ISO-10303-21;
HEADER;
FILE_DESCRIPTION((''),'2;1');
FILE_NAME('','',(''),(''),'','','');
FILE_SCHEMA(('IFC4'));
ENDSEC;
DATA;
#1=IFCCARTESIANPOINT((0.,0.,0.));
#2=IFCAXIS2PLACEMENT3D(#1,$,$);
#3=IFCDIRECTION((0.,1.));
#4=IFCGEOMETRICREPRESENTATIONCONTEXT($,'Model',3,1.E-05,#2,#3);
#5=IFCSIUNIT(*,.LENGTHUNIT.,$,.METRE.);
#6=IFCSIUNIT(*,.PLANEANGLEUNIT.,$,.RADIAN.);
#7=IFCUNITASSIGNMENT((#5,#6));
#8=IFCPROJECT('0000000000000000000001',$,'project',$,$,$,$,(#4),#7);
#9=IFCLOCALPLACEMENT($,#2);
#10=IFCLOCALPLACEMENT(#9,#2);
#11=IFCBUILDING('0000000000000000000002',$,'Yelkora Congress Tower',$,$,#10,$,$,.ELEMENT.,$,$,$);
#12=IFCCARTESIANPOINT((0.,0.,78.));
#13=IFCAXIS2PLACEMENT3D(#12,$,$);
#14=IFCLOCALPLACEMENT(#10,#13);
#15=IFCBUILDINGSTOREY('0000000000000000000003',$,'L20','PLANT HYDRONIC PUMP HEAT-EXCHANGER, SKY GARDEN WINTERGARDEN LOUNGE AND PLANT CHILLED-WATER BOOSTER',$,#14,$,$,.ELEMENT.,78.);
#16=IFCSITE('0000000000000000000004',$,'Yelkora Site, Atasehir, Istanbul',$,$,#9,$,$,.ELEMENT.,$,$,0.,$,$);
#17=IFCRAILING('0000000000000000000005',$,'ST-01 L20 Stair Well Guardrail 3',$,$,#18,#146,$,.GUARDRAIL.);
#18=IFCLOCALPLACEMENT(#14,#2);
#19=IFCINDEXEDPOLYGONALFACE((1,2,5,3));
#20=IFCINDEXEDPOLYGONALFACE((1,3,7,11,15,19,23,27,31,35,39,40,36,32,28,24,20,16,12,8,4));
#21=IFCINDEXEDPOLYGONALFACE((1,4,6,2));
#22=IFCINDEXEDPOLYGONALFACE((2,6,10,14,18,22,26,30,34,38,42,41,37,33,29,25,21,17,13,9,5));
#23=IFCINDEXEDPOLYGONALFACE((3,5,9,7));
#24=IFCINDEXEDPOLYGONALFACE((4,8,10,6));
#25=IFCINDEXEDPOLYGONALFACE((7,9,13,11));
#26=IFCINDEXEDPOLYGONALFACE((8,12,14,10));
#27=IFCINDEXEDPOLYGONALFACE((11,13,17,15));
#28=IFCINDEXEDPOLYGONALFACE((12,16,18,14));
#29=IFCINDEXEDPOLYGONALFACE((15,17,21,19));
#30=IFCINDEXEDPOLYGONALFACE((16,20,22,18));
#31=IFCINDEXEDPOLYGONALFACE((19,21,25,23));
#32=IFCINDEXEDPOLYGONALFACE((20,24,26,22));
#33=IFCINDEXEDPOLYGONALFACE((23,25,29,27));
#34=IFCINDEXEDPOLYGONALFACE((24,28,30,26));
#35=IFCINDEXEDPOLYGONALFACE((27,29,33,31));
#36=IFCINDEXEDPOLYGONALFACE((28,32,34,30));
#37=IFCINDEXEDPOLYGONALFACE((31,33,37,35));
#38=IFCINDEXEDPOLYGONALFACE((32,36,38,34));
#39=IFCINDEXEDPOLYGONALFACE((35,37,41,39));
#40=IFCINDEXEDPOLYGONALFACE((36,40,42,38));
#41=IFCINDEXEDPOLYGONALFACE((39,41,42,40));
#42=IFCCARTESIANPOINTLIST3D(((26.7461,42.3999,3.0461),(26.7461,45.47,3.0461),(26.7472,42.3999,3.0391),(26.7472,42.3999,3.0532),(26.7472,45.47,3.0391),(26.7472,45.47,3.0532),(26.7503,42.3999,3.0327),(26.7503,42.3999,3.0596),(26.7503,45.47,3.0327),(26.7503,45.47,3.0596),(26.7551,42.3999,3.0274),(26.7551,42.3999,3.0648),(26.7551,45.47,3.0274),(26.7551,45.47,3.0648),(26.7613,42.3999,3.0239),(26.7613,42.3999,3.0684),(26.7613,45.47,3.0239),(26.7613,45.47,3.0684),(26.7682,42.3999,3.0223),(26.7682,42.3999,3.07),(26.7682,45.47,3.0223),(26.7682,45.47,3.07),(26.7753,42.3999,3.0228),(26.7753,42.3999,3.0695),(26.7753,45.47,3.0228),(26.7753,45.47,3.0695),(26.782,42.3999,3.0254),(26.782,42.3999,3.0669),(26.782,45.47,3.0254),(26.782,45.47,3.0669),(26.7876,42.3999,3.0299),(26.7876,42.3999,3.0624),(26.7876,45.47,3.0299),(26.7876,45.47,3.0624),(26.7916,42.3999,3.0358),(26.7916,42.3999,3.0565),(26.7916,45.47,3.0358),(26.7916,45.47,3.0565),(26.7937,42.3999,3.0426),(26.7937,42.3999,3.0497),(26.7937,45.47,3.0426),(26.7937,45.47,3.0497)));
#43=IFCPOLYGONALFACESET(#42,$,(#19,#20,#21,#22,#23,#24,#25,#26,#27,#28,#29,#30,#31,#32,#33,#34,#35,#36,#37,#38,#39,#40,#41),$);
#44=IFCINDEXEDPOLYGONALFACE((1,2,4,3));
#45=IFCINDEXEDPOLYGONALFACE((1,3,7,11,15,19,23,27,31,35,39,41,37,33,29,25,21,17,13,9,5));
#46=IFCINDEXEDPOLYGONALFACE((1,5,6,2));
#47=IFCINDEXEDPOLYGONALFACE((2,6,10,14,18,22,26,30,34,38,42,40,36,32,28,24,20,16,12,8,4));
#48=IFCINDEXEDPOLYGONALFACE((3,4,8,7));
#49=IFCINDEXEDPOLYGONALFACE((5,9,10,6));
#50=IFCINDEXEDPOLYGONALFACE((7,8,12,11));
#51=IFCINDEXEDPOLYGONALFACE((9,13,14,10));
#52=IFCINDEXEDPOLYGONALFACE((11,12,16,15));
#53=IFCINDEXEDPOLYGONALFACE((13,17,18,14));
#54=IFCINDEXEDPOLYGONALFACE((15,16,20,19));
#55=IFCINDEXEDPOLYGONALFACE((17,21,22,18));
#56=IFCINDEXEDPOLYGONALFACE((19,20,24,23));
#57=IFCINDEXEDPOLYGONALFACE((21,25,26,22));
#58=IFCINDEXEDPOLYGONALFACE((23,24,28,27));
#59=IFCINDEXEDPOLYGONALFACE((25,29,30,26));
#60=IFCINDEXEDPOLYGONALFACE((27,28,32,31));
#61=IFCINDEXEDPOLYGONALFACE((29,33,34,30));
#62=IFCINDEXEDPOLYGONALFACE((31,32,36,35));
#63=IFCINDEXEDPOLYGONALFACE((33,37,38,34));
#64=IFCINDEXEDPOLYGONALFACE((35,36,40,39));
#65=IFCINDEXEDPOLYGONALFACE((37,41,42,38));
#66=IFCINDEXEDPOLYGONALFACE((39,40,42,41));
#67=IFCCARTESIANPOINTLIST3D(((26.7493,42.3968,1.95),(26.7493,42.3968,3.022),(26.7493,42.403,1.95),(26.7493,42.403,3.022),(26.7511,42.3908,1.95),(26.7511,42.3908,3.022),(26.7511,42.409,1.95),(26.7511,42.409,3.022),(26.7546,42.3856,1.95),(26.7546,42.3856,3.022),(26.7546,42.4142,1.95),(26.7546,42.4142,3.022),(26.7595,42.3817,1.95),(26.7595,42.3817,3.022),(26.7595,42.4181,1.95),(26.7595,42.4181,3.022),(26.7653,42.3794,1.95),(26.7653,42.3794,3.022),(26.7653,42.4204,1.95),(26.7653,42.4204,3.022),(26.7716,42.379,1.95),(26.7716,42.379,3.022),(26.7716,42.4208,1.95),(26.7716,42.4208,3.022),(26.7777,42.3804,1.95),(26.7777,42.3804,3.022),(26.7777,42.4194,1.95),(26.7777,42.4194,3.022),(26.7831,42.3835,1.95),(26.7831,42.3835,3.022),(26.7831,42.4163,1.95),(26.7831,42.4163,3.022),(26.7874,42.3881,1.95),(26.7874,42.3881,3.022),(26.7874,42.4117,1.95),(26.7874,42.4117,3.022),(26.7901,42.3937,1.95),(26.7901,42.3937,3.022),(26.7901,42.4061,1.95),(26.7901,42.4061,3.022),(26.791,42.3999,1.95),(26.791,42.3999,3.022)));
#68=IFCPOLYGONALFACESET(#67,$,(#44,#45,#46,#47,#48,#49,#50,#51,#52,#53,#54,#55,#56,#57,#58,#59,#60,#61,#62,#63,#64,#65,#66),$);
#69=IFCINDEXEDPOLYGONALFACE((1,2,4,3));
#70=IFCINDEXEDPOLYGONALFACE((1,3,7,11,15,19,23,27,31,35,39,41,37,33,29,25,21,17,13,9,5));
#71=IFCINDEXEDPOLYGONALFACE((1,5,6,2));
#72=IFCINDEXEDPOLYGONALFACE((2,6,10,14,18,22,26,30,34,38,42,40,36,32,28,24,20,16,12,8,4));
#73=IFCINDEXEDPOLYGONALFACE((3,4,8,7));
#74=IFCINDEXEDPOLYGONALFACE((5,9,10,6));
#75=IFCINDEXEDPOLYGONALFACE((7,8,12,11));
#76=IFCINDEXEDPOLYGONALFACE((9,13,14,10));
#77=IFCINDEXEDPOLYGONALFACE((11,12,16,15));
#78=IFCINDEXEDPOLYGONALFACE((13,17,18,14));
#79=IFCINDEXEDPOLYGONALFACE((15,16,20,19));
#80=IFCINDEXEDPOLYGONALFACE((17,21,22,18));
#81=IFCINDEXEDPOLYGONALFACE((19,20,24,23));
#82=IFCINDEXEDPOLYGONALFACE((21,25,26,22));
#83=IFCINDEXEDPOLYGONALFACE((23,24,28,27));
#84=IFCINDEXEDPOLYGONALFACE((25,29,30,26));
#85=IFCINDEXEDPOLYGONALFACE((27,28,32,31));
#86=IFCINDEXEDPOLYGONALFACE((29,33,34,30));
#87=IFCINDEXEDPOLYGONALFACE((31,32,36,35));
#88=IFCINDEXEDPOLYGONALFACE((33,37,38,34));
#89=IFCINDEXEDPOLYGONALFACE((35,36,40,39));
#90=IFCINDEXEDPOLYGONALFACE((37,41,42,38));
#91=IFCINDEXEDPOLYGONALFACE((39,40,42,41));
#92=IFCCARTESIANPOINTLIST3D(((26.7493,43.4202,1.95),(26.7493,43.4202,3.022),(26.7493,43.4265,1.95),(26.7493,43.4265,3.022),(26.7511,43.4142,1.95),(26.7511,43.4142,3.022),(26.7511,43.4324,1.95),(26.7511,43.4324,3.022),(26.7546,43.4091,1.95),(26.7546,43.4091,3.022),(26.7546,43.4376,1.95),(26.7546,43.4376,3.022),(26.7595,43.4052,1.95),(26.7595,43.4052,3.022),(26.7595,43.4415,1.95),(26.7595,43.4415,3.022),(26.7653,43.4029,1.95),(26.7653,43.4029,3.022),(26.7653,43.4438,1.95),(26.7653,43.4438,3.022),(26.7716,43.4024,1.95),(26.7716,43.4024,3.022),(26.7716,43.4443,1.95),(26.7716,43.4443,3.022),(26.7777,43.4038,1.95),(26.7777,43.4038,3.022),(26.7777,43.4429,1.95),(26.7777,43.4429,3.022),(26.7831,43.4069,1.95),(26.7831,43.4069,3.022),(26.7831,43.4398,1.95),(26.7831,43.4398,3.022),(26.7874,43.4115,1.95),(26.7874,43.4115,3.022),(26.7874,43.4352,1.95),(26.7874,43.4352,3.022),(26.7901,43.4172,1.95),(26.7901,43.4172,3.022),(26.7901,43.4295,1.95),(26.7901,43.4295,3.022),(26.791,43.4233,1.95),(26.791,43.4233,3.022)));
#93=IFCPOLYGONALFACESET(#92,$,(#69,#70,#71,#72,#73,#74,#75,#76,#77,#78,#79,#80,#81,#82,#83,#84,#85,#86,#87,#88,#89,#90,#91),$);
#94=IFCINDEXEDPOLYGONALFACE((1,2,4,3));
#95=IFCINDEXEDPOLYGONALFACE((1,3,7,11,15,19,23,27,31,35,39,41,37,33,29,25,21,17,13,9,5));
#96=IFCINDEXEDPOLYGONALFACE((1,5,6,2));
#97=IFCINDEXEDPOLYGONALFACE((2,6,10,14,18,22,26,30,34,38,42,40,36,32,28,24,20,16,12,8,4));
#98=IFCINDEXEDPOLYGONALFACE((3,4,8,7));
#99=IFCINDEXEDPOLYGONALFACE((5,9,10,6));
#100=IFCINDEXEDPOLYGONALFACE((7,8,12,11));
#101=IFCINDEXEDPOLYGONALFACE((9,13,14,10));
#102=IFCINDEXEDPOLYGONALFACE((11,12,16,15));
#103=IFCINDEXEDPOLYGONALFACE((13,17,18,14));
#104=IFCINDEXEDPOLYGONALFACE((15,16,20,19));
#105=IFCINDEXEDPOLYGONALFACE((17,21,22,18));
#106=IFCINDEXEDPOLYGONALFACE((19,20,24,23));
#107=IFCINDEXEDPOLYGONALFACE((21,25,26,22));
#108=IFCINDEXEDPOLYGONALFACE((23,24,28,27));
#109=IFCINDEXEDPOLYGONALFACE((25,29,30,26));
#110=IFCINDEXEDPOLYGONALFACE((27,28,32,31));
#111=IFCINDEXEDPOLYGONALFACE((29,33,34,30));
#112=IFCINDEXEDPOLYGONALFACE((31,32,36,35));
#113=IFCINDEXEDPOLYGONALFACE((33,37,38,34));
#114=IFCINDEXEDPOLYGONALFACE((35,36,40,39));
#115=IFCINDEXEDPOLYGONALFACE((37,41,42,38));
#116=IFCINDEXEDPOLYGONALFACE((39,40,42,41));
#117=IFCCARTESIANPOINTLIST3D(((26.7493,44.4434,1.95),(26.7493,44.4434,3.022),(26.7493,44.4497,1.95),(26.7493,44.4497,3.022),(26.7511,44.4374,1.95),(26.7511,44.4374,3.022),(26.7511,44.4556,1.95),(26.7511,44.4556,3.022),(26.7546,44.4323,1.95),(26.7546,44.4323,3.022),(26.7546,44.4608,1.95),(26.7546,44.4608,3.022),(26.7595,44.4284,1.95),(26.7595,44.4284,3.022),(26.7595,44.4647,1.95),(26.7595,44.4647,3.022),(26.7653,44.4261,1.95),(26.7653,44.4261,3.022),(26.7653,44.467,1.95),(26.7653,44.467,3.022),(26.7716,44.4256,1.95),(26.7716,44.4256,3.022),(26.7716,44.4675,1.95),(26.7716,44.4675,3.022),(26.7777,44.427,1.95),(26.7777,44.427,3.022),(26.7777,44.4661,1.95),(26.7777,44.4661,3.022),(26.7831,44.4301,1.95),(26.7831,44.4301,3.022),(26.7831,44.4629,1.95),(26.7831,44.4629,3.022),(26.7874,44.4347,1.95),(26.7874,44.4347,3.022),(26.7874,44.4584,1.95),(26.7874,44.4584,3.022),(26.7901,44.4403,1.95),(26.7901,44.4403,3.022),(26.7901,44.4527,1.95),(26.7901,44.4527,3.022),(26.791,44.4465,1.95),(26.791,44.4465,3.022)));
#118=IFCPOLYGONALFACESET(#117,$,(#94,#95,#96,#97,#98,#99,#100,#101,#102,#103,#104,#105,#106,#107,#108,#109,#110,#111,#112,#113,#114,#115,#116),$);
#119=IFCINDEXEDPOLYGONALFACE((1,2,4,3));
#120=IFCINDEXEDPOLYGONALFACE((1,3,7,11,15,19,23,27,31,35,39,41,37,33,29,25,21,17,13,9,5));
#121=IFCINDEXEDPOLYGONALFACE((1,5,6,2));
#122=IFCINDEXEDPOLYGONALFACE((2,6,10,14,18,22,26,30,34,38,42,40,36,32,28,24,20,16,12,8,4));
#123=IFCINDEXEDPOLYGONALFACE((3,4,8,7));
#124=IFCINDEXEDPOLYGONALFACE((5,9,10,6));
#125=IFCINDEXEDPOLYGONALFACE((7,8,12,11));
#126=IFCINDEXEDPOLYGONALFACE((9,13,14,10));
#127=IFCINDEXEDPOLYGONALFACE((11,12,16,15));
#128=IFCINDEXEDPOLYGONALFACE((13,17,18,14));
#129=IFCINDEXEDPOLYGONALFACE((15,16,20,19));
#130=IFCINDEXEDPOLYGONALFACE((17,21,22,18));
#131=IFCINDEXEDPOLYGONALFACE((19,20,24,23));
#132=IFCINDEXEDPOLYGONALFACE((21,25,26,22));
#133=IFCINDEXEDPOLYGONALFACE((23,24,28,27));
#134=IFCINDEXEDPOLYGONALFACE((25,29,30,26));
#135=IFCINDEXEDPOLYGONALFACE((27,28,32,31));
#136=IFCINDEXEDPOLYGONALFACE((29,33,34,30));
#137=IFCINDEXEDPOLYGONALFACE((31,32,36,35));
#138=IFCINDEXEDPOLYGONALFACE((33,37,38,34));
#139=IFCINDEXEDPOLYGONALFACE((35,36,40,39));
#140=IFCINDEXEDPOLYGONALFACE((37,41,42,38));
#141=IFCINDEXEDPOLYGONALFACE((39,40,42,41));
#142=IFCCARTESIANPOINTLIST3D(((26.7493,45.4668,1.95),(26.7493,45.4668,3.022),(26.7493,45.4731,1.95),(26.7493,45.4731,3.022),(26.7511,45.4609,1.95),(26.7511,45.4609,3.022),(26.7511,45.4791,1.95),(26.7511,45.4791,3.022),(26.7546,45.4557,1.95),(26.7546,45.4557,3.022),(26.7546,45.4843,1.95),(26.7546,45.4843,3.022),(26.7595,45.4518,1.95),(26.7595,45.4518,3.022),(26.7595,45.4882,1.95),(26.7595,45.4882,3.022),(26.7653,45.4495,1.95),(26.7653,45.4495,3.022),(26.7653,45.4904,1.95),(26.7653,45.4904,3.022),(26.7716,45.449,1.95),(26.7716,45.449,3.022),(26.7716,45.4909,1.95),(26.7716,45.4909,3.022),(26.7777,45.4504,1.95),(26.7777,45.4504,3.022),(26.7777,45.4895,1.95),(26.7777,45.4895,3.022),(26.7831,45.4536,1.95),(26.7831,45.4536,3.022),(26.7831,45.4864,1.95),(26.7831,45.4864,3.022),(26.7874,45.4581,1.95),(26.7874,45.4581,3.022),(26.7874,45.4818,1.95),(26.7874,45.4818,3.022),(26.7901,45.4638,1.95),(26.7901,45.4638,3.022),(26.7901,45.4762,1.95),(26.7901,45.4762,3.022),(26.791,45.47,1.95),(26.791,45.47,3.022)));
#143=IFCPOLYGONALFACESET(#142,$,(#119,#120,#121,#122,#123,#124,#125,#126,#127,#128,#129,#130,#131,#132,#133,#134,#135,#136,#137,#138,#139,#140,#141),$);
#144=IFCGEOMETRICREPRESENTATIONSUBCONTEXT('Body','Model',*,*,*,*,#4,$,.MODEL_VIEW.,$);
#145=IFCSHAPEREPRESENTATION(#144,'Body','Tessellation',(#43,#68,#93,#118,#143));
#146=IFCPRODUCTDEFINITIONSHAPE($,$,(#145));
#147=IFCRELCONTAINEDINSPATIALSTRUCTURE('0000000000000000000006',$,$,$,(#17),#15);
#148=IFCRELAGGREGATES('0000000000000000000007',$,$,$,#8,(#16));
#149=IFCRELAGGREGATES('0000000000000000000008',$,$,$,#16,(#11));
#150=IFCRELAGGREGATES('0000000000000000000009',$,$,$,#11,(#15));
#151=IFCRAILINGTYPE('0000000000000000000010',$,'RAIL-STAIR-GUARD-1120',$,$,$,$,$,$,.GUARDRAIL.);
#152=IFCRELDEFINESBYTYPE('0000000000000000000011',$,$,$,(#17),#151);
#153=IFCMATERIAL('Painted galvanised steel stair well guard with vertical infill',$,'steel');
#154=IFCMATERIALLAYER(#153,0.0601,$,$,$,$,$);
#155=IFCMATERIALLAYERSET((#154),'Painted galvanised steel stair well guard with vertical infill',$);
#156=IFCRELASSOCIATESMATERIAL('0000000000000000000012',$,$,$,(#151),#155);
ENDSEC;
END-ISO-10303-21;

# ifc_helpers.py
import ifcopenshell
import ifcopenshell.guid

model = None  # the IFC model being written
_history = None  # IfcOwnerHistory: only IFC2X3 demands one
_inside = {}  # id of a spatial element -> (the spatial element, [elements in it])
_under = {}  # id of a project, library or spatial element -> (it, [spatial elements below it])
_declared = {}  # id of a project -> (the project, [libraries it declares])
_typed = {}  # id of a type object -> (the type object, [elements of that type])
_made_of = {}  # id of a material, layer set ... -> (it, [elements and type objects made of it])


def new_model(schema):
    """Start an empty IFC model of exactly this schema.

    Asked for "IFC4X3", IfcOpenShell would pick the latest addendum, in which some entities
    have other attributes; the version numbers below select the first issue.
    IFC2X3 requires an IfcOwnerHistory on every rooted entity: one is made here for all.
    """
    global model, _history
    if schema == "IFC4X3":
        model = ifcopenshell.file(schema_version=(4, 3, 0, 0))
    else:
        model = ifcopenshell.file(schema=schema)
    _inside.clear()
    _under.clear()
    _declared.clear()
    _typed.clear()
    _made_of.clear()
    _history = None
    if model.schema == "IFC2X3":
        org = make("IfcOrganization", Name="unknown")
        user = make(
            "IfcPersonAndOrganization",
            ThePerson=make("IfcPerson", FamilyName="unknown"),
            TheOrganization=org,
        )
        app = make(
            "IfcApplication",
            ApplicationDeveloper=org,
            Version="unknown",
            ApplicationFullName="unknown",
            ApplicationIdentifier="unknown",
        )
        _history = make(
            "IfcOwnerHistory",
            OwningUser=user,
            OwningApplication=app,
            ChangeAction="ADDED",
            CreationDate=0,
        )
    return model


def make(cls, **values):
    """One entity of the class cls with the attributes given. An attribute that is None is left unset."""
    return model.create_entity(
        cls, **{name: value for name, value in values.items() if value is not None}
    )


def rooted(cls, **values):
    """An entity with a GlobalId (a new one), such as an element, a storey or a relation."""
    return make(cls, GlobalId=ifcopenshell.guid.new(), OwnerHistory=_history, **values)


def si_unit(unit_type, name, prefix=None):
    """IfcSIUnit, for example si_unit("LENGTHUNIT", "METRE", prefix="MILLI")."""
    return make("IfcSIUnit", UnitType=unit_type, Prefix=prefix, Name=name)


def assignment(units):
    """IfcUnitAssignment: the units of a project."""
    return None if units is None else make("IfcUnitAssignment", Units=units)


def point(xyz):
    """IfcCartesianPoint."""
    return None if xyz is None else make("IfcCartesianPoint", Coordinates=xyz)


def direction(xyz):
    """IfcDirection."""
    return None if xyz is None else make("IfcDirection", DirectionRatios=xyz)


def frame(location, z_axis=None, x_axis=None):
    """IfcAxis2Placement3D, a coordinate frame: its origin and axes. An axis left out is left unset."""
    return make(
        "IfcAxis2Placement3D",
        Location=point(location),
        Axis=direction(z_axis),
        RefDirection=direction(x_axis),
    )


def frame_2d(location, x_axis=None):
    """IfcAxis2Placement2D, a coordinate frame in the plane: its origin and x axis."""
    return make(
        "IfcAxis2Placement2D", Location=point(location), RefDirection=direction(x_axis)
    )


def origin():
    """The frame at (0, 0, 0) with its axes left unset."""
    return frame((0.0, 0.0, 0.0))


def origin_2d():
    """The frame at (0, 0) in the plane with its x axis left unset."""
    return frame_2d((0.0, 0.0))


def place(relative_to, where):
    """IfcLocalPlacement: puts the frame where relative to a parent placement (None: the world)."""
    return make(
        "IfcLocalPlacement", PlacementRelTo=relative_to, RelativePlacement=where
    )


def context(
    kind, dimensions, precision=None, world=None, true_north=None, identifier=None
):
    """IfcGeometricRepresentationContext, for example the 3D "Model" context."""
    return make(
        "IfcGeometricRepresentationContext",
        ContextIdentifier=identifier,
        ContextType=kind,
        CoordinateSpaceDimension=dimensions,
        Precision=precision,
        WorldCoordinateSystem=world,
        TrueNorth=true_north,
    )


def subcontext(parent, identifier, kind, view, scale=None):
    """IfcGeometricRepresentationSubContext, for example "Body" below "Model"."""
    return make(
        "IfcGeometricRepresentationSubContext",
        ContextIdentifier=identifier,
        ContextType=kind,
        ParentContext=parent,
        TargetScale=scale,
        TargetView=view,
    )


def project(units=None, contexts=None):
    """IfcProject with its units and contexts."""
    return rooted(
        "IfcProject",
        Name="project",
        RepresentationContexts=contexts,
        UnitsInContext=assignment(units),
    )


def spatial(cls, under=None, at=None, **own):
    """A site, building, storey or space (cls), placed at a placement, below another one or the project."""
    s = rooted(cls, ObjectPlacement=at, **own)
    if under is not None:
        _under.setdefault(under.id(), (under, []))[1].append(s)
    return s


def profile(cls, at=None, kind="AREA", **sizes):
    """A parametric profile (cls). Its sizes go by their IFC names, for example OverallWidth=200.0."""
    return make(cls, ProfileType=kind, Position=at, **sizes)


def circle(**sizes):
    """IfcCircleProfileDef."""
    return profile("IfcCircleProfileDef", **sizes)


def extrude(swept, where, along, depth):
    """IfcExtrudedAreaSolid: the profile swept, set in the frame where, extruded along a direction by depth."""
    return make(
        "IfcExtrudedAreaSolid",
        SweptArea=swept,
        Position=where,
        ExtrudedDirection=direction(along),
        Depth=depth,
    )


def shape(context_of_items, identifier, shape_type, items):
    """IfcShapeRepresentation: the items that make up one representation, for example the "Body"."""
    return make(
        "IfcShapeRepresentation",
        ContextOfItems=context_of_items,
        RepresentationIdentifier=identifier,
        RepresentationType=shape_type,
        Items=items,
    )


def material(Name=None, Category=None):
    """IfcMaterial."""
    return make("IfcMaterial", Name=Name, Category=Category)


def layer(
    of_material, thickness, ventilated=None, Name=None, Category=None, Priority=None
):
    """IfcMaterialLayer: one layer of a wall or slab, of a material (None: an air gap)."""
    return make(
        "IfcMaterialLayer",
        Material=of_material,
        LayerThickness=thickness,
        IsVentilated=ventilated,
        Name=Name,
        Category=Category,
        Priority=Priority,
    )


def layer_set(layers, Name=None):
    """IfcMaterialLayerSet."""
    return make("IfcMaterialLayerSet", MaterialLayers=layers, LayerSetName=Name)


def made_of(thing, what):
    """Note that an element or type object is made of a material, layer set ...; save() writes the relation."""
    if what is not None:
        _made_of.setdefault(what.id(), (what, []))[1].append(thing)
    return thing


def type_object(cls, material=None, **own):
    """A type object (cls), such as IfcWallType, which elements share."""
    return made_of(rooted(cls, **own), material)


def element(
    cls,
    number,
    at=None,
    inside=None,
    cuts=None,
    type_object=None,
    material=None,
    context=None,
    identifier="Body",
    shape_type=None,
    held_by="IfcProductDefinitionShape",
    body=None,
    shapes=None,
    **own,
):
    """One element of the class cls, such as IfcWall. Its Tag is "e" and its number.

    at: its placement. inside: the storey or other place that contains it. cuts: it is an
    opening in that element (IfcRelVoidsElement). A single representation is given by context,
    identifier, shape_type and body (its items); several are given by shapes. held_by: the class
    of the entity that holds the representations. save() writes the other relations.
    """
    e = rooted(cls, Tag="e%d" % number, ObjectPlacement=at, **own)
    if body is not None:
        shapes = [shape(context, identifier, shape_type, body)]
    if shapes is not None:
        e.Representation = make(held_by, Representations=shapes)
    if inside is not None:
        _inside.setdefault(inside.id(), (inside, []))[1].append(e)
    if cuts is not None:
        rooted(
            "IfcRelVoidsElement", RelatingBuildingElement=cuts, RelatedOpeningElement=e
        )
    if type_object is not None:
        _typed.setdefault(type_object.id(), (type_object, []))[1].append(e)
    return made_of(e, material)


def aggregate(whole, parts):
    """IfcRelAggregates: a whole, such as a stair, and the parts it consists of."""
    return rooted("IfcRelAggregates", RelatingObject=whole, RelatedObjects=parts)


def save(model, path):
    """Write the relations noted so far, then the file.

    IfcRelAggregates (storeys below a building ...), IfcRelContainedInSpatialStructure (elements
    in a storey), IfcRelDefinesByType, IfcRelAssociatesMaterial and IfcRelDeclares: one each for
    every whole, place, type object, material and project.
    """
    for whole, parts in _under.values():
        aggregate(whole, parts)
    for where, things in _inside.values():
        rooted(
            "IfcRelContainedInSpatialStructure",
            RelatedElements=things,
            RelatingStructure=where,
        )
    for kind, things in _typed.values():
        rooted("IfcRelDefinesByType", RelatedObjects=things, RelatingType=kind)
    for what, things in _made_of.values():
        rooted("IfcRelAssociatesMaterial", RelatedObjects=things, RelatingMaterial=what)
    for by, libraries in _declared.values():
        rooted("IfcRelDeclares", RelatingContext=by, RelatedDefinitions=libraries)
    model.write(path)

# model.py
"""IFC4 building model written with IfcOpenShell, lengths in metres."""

from ifc_helpers import new_model, si_unit, direction, frame, origin, origin_2d, place, context, subcontext, project, spatial, circle, extrude, material, layer, layer_set, type_object, element, save


model = new_model("IFC4")

# Units and contexts
model_context = context("Model", 3, precision=1e-05, world=origin(), true_north=direction((0.0, 1.0)))
body_context = subcontext(model_context, "Body", "Model", "MODEL_VIEW")
ifc_project = project(units=[si_unit("LENGTHUNIT", "METRE"), si_unit("PLANEANGLEUNIT", "RADIAN")], contexts=[model_context])

# Site, building, storey
site_placement = place(None, origin())
site = spatial("IfcSite", under=ifc_project, at=site_placement, Name="Yelkora Site, Atasehir, Istanbul", CompositionType="ELEMENT", RefElevation=0.0)
building_placement = place(site_placement, origin())
building = spatial("IfcBuilding", under=site, at=building_placement, Name="Yelkora Congress Tower", CompositionType="ELEMENT")
storey_placement = place(building_placement, frame((0.0, 0.0, 78.0)))
storey = spatial("IfcBuildingStorey", under=building, at=storey_placement, Name="L20", Description="PLANT HYDRONIC PUMP HEAT-EXCHANGER, SKY GARDEN WINTERGARDEN LOUNGE AND PLANT CHILLED-WATER BOOSTER", CompositionType="ELEMENT", Elevation=78.0)

# Railing
ifc_material_1 = material(Name="Painted galvanised steel stair well guard with vertical infill", Category="steel")
ifc_layer_1 = layer(ifc_material_1, 0.0601)
ifc_layer_set_1 = layer_set([ifc_layer_1], Name="Painted galvanised steel stair well guard with vertical infill")
railing_type_1 = type_object("IfcRailingType", Name="RAIL-STAIR-GUARD-1120", PredefinedType="GUARDRAIL", material=ifc_layer_set_1)
railing_1_placement = place(storey_placement, frame((26.77, 42.3999, 1.95)))
element("IfcRailing", 1, at=railing_1_placement, inside=storey, type_object=railing_type_1, Name="ST-01 L20 Stair Well Guardrail 3", PredefinedType="GUARDRAIL", context=body_context, shape_type="SweptSolid", body=[
    extrude(circle(Radius=0.0239, at=origin_2d()), frame((0.0, 0.0, 1.0962), z_axis=(0.0, 1.0, 0.0), x_axis=(-1.0, 0.0, 0.0)), (0.0, 0.0, 1.0), 3.0701),
    extrude(circle(Radius=0.021, at=origin_2d()), origin(), (0.0, 0.0, 1.0), 1.072),
    extrude(circle(Radius=0.021, at=origin_2d()), frame((0.0, 1.0234, 0.0)), (0.0, 0.0, 1.0), 1.072),
    extrude(circle(Radius=0.021, at=origin_2d()), frame((0.0, 2.0466, 0.0)), (0.0, 0.0, 1.0), 1.072),
    extrude(circle(Radius=0.021, at=origin_2d()), frame((0.0, 3.0701, 0.0)), (0.0, 0.0, 1.0), 1.072),
])

save(model, "model.ifc")
